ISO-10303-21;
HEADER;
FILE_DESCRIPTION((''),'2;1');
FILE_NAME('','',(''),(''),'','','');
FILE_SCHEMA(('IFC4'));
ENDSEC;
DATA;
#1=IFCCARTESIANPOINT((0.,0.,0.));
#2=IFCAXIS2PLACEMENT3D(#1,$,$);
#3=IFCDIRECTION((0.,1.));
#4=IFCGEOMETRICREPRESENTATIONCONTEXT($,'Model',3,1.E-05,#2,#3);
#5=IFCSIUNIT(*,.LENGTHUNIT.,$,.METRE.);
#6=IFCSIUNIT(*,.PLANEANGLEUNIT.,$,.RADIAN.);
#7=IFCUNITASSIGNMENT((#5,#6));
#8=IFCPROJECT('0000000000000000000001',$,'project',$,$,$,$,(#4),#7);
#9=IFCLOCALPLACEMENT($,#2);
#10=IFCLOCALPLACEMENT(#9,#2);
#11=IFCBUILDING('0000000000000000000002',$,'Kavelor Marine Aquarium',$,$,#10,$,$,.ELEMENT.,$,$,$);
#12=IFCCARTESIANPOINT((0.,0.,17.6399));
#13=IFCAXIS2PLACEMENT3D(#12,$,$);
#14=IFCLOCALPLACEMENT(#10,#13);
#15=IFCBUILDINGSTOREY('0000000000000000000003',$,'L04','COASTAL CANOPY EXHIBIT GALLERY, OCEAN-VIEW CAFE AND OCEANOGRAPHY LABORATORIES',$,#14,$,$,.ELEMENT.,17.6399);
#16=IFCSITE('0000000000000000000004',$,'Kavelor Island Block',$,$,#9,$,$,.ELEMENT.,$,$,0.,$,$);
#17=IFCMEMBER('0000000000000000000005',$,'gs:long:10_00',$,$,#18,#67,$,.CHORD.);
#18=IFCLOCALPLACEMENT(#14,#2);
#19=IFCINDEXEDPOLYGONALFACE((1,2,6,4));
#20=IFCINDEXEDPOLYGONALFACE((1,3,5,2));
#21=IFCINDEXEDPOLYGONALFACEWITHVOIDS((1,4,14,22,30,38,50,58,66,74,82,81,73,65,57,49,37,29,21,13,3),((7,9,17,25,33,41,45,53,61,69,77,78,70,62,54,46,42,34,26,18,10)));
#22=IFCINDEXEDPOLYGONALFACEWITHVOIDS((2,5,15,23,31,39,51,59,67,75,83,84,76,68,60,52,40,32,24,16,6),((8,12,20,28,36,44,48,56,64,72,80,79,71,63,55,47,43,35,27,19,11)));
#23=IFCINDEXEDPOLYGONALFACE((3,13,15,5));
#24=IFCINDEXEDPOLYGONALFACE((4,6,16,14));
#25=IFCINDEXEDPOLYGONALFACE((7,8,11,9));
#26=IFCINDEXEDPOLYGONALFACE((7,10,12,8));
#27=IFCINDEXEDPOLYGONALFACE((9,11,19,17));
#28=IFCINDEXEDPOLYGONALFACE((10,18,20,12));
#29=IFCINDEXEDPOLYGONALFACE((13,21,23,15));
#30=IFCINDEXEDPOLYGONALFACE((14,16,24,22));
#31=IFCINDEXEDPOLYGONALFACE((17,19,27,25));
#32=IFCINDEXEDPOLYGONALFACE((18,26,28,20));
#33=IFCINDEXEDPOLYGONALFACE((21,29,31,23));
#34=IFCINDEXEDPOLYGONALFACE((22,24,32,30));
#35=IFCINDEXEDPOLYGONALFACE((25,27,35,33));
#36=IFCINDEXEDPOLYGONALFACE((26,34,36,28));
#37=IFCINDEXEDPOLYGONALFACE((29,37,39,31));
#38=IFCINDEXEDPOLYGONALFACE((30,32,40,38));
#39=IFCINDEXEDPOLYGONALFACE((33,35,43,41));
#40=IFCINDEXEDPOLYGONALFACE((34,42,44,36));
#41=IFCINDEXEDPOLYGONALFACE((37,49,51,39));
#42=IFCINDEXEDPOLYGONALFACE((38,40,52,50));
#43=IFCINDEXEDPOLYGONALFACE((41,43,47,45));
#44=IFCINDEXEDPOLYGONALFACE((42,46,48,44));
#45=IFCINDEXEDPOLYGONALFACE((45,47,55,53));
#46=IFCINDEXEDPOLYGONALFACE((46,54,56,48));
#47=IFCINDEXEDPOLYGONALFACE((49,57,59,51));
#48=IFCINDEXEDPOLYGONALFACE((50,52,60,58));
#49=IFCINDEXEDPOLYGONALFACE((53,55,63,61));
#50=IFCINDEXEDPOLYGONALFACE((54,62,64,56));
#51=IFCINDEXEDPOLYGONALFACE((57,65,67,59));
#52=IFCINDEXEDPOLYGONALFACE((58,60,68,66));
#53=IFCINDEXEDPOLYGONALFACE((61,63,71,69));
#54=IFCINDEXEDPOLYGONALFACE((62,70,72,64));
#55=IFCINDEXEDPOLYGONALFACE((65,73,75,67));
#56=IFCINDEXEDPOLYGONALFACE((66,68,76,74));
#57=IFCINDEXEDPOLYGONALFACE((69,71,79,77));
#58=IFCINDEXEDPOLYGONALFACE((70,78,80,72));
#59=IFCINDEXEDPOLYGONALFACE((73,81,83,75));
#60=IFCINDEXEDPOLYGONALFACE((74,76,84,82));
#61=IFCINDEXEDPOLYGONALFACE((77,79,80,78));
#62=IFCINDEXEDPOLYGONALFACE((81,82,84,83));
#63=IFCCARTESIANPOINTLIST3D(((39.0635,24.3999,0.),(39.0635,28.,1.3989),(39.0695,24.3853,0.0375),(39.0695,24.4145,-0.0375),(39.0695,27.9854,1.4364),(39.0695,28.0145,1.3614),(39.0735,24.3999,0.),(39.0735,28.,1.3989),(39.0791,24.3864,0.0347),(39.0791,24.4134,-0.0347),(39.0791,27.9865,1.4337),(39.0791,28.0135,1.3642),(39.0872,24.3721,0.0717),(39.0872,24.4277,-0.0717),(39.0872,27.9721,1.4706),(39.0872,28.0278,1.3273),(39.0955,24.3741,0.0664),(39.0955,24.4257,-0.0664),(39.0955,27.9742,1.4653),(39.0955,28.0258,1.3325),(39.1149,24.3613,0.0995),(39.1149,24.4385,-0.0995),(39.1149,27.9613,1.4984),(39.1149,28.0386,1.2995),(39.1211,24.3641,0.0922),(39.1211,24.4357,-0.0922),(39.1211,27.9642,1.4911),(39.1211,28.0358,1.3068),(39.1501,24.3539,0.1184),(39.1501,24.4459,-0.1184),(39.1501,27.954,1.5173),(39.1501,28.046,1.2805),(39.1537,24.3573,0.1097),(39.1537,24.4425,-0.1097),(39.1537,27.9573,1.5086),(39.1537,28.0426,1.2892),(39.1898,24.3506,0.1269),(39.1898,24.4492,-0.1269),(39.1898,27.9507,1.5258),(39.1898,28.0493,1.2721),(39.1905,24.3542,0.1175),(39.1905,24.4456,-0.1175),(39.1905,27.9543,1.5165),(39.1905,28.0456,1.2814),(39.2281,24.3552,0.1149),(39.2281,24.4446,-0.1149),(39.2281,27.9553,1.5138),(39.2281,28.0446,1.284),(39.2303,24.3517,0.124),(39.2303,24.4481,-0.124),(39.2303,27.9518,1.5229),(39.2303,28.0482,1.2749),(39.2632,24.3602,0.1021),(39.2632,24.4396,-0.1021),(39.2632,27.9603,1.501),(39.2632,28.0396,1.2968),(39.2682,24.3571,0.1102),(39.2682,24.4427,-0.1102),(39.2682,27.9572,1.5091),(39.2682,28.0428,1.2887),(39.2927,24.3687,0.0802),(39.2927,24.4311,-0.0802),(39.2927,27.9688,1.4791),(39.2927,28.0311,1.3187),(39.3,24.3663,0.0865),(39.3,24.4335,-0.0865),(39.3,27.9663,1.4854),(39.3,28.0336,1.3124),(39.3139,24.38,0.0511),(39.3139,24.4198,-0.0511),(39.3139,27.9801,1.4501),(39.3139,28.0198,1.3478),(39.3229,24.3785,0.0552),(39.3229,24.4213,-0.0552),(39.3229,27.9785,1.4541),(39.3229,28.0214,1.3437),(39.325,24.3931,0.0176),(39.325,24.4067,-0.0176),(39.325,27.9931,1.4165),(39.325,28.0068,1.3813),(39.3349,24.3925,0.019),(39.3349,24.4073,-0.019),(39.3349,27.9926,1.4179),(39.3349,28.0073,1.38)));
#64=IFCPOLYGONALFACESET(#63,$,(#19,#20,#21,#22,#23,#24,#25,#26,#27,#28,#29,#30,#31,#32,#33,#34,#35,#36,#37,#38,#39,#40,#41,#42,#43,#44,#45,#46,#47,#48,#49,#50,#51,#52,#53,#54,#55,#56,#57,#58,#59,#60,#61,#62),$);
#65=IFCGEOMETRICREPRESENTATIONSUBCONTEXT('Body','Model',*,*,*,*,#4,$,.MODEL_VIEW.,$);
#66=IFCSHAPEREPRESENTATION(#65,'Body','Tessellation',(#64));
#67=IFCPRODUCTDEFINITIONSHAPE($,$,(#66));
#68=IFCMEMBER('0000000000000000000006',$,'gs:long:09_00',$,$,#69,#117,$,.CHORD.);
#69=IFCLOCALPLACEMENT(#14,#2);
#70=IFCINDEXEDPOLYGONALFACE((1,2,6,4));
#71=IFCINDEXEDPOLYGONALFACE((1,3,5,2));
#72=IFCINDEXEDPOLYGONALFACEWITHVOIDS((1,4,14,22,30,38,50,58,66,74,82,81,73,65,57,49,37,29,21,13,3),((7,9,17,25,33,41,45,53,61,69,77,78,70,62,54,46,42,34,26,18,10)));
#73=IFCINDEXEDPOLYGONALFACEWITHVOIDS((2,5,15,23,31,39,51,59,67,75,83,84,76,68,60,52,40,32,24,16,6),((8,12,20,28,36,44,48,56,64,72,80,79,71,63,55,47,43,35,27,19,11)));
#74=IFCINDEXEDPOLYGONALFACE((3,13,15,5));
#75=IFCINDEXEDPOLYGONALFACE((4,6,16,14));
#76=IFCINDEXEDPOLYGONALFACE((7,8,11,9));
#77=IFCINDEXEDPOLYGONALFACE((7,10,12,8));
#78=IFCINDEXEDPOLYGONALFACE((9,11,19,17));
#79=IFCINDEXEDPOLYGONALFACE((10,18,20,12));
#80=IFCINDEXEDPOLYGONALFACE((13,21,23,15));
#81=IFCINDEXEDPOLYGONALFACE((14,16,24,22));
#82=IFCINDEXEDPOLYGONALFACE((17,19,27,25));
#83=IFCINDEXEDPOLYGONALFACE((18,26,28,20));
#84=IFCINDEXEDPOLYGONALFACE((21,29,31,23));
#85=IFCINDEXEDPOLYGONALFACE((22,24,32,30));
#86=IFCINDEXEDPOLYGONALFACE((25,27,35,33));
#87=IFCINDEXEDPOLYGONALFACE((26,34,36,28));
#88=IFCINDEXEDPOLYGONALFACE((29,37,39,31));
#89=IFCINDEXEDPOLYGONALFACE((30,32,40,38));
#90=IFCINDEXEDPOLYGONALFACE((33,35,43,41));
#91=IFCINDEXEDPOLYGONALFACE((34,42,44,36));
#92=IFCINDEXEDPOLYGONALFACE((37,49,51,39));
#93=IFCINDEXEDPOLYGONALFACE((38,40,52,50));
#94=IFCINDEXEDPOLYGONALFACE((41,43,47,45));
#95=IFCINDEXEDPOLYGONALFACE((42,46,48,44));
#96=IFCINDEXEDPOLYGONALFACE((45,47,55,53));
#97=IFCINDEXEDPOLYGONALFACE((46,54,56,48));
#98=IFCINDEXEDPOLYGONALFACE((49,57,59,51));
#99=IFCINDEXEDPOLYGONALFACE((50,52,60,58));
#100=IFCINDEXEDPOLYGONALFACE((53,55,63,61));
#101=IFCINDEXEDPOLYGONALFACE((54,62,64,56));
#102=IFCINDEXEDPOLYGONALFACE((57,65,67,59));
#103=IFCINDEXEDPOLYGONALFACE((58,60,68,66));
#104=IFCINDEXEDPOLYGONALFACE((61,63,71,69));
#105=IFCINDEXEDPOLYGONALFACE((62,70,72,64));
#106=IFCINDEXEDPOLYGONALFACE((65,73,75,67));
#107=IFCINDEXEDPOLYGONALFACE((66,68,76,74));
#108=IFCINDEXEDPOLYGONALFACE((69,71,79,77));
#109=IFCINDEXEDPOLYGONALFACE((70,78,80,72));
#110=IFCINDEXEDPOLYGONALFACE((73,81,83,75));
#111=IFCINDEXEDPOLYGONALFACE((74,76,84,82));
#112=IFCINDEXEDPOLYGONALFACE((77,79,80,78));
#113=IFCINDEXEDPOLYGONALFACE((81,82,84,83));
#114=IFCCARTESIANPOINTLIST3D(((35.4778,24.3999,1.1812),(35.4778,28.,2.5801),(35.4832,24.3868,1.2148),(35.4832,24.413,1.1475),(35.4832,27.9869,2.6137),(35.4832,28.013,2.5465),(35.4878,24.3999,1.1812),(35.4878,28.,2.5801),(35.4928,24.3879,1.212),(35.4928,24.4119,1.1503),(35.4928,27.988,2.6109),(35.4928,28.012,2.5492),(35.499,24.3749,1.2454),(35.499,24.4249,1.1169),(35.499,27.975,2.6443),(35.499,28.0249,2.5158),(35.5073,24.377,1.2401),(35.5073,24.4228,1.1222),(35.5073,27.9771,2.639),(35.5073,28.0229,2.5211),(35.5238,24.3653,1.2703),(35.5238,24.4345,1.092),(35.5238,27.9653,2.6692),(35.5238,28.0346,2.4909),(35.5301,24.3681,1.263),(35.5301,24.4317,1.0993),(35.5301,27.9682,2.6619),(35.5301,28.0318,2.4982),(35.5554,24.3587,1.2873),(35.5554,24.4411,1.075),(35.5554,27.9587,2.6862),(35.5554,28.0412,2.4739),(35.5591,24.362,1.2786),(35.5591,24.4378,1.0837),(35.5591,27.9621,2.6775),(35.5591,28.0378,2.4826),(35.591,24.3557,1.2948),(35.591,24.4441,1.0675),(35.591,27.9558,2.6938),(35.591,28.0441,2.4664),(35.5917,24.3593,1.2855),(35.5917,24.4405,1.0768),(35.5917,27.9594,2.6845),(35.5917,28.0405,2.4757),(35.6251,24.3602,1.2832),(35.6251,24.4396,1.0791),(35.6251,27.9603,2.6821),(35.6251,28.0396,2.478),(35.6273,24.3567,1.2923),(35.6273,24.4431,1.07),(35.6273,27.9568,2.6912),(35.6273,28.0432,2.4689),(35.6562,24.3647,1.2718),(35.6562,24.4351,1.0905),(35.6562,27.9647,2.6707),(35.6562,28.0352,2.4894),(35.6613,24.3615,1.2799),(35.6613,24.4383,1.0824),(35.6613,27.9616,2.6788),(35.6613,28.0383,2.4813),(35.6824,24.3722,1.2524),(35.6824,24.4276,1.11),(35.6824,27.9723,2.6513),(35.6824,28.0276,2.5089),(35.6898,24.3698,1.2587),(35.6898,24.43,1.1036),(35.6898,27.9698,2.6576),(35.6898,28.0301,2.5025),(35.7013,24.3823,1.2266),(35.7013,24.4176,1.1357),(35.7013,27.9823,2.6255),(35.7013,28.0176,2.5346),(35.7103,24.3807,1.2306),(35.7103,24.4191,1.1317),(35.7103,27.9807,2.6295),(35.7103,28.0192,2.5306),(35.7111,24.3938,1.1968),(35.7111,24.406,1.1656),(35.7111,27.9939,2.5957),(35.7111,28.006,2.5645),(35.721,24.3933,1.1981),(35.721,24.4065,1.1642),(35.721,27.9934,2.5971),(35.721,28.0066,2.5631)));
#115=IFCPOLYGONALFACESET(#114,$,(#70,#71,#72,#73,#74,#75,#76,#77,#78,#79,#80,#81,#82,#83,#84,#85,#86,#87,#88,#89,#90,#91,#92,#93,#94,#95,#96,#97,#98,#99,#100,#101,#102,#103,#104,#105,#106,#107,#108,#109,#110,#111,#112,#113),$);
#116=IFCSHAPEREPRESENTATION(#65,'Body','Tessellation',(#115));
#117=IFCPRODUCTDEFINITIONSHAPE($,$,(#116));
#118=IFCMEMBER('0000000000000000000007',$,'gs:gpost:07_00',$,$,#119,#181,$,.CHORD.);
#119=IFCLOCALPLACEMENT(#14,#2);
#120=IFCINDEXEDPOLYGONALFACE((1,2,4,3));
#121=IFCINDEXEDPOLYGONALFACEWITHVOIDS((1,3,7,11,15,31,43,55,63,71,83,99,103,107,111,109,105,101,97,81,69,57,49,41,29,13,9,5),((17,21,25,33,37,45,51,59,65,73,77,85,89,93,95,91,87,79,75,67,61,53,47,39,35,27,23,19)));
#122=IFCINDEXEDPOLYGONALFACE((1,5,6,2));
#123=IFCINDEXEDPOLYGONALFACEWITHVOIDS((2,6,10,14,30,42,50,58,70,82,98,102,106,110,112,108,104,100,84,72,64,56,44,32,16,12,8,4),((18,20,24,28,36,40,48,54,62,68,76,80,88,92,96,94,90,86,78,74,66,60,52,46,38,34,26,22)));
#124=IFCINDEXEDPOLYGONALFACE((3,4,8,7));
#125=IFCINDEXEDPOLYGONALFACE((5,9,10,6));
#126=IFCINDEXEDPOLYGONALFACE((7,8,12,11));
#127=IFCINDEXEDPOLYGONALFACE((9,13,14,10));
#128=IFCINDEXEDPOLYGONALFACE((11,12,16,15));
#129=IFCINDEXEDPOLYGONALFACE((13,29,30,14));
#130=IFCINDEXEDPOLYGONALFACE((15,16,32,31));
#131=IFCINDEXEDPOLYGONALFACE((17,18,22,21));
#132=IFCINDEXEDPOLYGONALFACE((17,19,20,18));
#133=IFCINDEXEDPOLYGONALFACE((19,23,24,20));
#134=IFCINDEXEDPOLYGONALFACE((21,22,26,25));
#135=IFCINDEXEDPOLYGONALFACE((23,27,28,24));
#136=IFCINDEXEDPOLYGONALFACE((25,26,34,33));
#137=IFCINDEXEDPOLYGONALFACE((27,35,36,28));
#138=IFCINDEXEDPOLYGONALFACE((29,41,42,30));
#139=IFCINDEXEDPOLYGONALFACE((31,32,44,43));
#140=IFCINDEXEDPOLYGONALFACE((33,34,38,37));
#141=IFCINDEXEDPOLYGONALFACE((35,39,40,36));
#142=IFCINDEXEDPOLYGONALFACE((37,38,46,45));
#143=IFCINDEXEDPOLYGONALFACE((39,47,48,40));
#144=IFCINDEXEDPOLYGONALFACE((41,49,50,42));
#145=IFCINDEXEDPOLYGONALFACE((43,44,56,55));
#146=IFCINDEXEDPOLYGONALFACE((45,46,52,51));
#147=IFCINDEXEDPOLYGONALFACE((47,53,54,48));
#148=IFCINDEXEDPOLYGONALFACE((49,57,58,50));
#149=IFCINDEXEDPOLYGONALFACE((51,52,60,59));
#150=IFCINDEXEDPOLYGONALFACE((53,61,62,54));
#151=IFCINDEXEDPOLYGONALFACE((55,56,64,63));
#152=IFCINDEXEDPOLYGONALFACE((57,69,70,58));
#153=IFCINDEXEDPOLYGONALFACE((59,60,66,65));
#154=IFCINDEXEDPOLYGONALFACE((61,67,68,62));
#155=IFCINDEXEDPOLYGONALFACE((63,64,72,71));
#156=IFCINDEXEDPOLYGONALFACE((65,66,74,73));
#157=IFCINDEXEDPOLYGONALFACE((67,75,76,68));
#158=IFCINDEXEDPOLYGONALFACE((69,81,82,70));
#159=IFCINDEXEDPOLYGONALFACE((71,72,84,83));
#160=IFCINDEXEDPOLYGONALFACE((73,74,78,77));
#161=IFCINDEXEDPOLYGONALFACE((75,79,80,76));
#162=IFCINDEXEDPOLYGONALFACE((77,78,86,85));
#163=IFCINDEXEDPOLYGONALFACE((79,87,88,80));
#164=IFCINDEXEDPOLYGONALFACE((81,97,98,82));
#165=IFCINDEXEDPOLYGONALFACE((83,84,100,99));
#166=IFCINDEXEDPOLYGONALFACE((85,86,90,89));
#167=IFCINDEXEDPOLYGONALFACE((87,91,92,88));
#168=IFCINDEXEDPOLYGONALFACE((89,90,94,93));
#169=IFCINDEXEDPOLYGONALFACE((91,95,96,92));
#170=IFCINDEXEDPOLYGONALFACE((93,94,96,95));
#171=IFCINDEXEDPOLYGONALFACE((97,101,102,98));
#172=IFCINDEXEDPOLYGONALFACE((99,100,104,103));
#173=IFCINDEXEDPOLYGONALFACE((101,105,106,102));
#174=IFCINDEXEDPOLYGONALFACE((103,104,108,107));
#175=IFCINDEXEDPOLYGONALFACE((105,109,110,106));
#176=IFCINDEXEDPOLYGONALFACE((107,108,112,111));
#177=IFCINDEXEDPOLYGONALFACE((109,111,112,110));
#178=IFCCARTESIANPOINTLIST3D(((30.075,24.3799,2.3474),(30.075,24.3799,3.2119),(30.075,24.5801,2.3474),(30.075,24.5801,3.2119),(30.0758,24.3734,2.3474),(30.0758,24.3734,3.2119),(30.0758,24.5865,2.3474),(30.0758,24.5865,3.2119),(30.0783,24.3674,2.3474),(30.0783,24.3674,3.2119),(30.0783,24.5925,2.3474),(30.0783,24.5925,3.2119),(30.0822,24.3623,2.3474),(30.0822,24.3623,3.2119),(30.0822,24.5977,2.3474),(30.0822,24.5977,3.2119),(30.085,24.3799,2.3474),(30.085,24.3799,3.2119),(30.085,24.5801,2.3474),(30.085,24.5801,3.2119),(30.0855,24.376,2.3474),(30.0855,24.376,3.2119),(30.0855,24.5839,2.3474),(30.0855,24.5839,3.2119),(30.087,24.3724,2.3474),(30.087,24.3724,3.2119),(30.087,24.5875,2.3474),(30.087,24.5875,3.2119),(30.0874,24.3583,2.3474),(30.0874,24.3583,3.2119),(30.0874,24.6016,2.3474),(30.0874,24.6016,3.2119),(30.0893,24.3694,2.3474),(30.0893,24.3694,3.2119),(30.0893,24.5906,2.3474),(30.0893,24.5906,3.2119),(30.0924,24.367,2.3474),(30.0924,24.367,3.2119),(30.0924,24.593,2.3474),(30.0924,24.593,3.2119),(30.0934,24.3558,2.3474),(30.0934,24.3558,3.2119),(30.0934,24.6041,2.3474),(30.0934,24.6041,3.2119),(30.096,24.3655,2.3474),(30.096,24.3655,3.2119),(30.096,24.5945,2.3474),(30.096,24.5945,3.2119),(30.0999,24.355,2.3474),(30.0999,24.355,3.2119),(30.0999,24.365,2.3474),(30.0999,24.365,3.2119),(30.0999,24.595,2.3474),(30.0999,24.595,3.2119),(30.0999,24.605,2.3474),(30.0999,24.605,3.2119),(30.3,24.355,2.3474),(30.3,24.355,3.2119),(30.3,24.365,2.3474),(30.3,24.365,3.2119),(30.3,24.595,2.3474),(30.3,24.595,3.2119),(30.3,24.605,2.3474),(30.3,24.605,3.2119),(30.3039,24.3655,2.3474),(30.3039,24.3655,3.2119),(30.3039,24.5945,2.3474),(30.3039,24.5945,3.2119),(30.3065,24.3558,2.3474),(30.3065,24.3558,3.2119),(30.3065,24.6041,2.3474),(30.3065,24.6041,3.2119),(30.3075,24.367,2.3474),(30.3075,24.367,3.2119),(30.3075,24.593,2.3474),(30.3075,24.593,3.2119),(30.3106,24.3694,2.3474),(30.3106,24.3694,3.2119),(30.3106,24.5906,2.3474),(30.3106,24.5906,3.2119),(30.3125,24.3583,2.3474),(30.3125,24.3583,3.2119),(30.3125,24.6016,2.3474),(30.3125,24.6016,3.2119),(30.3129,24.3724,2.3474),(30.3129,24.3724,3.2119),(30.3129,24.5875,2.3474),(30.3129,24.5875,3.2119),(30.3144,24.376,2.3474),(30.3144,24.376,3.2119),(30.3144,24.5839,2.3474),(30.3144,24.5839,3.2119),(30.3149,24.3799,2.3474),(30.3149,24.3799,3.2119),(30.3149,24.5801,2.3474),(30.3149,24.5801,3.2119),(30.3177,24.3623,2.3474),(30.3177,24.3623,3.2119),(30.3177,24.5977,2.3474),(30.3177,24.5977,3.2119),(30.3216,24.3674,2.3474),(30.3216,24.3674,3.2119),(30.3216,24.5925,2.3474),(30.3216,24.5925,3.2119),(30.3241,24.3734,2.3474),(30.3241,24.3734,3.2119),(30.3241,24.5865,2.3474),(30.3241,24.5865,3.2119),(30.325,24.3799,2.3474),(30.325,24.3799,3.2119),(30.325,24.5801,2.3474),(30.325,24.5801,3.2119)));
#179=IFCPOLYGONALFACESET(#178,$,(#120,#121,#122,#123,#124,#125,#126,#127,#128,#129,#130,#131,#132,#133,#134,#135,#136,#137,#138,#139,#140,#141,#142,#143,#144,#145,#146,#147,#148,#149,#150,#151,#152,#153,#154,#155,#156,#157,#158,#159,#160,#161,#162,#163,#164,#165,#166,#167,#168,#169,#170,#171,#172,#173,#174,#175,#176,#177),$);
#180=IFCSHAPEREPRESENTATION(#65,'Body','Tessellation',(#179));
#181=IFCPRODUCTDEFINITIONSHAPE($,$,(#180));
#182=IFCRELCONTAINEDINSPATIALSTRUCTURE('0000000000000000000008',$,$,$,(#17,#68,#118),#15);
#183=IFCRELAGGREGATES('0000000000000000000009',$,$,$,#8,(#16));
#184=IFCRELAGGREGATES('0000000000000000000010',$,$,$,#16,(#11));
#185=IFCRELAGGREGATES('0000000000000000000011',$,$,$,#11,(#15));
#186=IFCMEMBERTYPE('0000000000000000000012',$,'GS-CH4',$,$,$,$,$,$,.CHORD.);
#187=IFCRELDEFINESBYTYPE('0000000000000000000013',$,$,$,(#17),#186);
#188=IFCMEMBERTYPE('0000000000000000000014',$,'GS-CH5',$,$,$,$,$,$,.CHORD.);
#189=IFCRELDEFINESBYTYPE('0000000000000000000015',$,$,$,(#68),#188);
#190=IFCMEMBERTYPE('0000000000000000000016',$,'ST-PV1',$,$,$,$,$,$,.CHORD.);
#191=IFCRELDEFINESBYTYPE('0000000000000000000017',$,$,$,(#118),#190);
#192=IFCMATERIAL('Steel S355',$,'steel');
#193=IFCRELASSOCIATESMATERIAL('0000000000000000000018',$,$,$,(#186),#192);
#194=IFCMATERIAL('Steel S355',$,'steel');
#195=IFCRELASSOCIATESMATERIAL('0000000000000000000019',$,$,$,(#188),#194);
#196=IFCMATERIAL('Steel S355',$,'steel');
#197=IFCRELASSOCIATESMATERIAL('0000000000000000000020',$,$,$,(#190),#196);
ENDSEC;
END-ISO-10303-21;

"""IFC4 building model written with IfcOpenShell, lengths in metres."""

from ifc_helpers import new_model, si_unit, direction, frame, origin, origin_2d, place, context, subcontext, project, spatial, hollow_rectangle, hollow_circle, extrude, material, material_profile, profile_set, type_object, element, save


model = new_model("IFC4")

# Units and contexts
model_context = context("Model", 3, precision=1e-05, world=origin(), true_north=direction((0.0, 1.0)))
body_context = subcontext(model_context, "Body", "Model", "MODEL_VIEW")
ifc_project = project(units=[si_unit("LENGTHUNIT", "METRE"), si_unit("PLANEANGLEUNIT", "RADIAN")], contexts=[model_context])

# Site, building, storey
site_placement = place(None, origin())
site = spatial("IfcSite", under=ifc_project, at=site_placement, Name="Kavelor Island Block", CompositionType="ELEMENT", RefElevation=0.0)
building_placement = place(site_placement, origin())
building = spatial("IfcBuilding", under=site, at=building_placement, Name="Kavelor Marine Aquarium", CompositionType="ELEMENT")
storey_placement = place(building_placement, frame((0.0, 0.0, 17.6399)))
storey = spatial("IfcBuildingStorey", under=building, at=storey_placement, Name="L04", Description="COASTAL CANOPY EXHIBIT GALLERY, OCEAN-VIEW CAFE AND OCEANOGRAPHY LABORATORIES", CompositionType="ELEMENT", Elevation=17.6399)

# Members
ifc_material_1 = material(Name="Steel S355", Category="steel")
ifc_material_profile_1 = material_profile(ifc_material_1, hollow_circle(Radius=0.1365, WallThickness=0.01, at=origin_2d()), Name="CHS 273.0x10.0")
ifc_profile_set_1 = profile_set([ifc_material_profile_1], Name="Steel S355")
member_type_1 = type_object("IfcMemberType", Name="GS-CH4", PredefinedType="CHORD", material=ifc_profile_set_1)
for number, where, z_axis, x_axis, name in (
    (1, (39.2, 24.3999, 0.0), (0.0, 0.932102, 0.362196), (-1.0, 0.0, 0.0), "gs:long:10_00"),
):
    element("IfcMember", number, at=place(storey_placement, frame(where, z_axis=z_axis, x_axis=x_axis)), inside=storey, type_object=member_type_1, Name=name, PredefinedType="CHORD", context=body_context, shape_type="SweptSolid", body=[
        extrude(hollow_circle(Radius=0.1365, WallThickness=0.01, at=origin_2d()), origin(), (0.0, 0.0, 1.0), 3.8623),
    ])
ifc_material_2 = material(Name="Steel S355", Category="steel")
ifc_material_profile_2 = material_profile(ifc_material_2, hollow_circle(Radius=0.1223, WallThickness=0.01, at=origin_2d()), Name="CHS 244.5x10.0")
ifc_profile_set_2 = profile_set([ifc_material_profile_2], Name="Steel S355")
member_type_2 = type_object("IfcMemberType", Name="GS-CH5", PredefinedType="CHORD", material=ifc_profile_set_2)
member_1_placement = place(storey_placement, frame((35.6001, 24.3999, 1.1812), z_axis=(0.0, 0.932102, 0.362196), x_axis=(-1.0, 0.0, 0.0)))
element("IfcMember", 2, at=member_1_placement, inside=storey, type_object=member_type_2, Name="gs:long:09_00", PredefinedType="CHORD", context=body_context, shape_type="SweptSolid", body=[
    extrude(hollow_circle(Radius=0.1223, WallThickness=0.01, at=origin_2d()), origin(), (0.0, 0.0, 1.0), 3.8623),
])
ifc_material_3 = material(Name="Steel S355", Category="steel")
ifc_material_profile_3 = material_profile(ifc_material_3, hollow_rectangle(XDim=0.25, YDim=0.25, WallThickness=0.01, InnerFilletRadius=0.0149, OuterFilletRadius=0.0249, at=origin_2d()), Name="SHS 250x250x10.0")
ifc_profile_set_3 = profile_set([ifc_material_profile_3], Name="Steel S355")
member_type_3 = type_object("IfcMemberType", Name="ST-PV1", PredefinedType="CHORD", material=ifc_profile_set_3)
for number, where, z_axis, x_axis, name in (
    (3, (30.2, 24.48, 2.3474), (0.0, 0.0, 1.0), (1.0, 0.0, 0.0), "gs:gpost:07_00"),
):
    element("IfcMember", number, at=place(storey_placement, frame(where, z_axis=z_axis, x_axis=x_axis)), inside=storey, type_object=member_type_3, Name=name, PredefinedType="CHORD", context=body_context, shape_type="SweptSolid", body=[
        extrude(hollow_rectangle(XDim=0.25, YDim=0.25, WallThickness=0.01, InnerFilletRadius=0.0149, OuterFilletRadius=0.0249, at=origin_2d()), origin(), (0.0, 0.0, 1.0), 0.8645),
    ])

save(model, "model.ifc")
